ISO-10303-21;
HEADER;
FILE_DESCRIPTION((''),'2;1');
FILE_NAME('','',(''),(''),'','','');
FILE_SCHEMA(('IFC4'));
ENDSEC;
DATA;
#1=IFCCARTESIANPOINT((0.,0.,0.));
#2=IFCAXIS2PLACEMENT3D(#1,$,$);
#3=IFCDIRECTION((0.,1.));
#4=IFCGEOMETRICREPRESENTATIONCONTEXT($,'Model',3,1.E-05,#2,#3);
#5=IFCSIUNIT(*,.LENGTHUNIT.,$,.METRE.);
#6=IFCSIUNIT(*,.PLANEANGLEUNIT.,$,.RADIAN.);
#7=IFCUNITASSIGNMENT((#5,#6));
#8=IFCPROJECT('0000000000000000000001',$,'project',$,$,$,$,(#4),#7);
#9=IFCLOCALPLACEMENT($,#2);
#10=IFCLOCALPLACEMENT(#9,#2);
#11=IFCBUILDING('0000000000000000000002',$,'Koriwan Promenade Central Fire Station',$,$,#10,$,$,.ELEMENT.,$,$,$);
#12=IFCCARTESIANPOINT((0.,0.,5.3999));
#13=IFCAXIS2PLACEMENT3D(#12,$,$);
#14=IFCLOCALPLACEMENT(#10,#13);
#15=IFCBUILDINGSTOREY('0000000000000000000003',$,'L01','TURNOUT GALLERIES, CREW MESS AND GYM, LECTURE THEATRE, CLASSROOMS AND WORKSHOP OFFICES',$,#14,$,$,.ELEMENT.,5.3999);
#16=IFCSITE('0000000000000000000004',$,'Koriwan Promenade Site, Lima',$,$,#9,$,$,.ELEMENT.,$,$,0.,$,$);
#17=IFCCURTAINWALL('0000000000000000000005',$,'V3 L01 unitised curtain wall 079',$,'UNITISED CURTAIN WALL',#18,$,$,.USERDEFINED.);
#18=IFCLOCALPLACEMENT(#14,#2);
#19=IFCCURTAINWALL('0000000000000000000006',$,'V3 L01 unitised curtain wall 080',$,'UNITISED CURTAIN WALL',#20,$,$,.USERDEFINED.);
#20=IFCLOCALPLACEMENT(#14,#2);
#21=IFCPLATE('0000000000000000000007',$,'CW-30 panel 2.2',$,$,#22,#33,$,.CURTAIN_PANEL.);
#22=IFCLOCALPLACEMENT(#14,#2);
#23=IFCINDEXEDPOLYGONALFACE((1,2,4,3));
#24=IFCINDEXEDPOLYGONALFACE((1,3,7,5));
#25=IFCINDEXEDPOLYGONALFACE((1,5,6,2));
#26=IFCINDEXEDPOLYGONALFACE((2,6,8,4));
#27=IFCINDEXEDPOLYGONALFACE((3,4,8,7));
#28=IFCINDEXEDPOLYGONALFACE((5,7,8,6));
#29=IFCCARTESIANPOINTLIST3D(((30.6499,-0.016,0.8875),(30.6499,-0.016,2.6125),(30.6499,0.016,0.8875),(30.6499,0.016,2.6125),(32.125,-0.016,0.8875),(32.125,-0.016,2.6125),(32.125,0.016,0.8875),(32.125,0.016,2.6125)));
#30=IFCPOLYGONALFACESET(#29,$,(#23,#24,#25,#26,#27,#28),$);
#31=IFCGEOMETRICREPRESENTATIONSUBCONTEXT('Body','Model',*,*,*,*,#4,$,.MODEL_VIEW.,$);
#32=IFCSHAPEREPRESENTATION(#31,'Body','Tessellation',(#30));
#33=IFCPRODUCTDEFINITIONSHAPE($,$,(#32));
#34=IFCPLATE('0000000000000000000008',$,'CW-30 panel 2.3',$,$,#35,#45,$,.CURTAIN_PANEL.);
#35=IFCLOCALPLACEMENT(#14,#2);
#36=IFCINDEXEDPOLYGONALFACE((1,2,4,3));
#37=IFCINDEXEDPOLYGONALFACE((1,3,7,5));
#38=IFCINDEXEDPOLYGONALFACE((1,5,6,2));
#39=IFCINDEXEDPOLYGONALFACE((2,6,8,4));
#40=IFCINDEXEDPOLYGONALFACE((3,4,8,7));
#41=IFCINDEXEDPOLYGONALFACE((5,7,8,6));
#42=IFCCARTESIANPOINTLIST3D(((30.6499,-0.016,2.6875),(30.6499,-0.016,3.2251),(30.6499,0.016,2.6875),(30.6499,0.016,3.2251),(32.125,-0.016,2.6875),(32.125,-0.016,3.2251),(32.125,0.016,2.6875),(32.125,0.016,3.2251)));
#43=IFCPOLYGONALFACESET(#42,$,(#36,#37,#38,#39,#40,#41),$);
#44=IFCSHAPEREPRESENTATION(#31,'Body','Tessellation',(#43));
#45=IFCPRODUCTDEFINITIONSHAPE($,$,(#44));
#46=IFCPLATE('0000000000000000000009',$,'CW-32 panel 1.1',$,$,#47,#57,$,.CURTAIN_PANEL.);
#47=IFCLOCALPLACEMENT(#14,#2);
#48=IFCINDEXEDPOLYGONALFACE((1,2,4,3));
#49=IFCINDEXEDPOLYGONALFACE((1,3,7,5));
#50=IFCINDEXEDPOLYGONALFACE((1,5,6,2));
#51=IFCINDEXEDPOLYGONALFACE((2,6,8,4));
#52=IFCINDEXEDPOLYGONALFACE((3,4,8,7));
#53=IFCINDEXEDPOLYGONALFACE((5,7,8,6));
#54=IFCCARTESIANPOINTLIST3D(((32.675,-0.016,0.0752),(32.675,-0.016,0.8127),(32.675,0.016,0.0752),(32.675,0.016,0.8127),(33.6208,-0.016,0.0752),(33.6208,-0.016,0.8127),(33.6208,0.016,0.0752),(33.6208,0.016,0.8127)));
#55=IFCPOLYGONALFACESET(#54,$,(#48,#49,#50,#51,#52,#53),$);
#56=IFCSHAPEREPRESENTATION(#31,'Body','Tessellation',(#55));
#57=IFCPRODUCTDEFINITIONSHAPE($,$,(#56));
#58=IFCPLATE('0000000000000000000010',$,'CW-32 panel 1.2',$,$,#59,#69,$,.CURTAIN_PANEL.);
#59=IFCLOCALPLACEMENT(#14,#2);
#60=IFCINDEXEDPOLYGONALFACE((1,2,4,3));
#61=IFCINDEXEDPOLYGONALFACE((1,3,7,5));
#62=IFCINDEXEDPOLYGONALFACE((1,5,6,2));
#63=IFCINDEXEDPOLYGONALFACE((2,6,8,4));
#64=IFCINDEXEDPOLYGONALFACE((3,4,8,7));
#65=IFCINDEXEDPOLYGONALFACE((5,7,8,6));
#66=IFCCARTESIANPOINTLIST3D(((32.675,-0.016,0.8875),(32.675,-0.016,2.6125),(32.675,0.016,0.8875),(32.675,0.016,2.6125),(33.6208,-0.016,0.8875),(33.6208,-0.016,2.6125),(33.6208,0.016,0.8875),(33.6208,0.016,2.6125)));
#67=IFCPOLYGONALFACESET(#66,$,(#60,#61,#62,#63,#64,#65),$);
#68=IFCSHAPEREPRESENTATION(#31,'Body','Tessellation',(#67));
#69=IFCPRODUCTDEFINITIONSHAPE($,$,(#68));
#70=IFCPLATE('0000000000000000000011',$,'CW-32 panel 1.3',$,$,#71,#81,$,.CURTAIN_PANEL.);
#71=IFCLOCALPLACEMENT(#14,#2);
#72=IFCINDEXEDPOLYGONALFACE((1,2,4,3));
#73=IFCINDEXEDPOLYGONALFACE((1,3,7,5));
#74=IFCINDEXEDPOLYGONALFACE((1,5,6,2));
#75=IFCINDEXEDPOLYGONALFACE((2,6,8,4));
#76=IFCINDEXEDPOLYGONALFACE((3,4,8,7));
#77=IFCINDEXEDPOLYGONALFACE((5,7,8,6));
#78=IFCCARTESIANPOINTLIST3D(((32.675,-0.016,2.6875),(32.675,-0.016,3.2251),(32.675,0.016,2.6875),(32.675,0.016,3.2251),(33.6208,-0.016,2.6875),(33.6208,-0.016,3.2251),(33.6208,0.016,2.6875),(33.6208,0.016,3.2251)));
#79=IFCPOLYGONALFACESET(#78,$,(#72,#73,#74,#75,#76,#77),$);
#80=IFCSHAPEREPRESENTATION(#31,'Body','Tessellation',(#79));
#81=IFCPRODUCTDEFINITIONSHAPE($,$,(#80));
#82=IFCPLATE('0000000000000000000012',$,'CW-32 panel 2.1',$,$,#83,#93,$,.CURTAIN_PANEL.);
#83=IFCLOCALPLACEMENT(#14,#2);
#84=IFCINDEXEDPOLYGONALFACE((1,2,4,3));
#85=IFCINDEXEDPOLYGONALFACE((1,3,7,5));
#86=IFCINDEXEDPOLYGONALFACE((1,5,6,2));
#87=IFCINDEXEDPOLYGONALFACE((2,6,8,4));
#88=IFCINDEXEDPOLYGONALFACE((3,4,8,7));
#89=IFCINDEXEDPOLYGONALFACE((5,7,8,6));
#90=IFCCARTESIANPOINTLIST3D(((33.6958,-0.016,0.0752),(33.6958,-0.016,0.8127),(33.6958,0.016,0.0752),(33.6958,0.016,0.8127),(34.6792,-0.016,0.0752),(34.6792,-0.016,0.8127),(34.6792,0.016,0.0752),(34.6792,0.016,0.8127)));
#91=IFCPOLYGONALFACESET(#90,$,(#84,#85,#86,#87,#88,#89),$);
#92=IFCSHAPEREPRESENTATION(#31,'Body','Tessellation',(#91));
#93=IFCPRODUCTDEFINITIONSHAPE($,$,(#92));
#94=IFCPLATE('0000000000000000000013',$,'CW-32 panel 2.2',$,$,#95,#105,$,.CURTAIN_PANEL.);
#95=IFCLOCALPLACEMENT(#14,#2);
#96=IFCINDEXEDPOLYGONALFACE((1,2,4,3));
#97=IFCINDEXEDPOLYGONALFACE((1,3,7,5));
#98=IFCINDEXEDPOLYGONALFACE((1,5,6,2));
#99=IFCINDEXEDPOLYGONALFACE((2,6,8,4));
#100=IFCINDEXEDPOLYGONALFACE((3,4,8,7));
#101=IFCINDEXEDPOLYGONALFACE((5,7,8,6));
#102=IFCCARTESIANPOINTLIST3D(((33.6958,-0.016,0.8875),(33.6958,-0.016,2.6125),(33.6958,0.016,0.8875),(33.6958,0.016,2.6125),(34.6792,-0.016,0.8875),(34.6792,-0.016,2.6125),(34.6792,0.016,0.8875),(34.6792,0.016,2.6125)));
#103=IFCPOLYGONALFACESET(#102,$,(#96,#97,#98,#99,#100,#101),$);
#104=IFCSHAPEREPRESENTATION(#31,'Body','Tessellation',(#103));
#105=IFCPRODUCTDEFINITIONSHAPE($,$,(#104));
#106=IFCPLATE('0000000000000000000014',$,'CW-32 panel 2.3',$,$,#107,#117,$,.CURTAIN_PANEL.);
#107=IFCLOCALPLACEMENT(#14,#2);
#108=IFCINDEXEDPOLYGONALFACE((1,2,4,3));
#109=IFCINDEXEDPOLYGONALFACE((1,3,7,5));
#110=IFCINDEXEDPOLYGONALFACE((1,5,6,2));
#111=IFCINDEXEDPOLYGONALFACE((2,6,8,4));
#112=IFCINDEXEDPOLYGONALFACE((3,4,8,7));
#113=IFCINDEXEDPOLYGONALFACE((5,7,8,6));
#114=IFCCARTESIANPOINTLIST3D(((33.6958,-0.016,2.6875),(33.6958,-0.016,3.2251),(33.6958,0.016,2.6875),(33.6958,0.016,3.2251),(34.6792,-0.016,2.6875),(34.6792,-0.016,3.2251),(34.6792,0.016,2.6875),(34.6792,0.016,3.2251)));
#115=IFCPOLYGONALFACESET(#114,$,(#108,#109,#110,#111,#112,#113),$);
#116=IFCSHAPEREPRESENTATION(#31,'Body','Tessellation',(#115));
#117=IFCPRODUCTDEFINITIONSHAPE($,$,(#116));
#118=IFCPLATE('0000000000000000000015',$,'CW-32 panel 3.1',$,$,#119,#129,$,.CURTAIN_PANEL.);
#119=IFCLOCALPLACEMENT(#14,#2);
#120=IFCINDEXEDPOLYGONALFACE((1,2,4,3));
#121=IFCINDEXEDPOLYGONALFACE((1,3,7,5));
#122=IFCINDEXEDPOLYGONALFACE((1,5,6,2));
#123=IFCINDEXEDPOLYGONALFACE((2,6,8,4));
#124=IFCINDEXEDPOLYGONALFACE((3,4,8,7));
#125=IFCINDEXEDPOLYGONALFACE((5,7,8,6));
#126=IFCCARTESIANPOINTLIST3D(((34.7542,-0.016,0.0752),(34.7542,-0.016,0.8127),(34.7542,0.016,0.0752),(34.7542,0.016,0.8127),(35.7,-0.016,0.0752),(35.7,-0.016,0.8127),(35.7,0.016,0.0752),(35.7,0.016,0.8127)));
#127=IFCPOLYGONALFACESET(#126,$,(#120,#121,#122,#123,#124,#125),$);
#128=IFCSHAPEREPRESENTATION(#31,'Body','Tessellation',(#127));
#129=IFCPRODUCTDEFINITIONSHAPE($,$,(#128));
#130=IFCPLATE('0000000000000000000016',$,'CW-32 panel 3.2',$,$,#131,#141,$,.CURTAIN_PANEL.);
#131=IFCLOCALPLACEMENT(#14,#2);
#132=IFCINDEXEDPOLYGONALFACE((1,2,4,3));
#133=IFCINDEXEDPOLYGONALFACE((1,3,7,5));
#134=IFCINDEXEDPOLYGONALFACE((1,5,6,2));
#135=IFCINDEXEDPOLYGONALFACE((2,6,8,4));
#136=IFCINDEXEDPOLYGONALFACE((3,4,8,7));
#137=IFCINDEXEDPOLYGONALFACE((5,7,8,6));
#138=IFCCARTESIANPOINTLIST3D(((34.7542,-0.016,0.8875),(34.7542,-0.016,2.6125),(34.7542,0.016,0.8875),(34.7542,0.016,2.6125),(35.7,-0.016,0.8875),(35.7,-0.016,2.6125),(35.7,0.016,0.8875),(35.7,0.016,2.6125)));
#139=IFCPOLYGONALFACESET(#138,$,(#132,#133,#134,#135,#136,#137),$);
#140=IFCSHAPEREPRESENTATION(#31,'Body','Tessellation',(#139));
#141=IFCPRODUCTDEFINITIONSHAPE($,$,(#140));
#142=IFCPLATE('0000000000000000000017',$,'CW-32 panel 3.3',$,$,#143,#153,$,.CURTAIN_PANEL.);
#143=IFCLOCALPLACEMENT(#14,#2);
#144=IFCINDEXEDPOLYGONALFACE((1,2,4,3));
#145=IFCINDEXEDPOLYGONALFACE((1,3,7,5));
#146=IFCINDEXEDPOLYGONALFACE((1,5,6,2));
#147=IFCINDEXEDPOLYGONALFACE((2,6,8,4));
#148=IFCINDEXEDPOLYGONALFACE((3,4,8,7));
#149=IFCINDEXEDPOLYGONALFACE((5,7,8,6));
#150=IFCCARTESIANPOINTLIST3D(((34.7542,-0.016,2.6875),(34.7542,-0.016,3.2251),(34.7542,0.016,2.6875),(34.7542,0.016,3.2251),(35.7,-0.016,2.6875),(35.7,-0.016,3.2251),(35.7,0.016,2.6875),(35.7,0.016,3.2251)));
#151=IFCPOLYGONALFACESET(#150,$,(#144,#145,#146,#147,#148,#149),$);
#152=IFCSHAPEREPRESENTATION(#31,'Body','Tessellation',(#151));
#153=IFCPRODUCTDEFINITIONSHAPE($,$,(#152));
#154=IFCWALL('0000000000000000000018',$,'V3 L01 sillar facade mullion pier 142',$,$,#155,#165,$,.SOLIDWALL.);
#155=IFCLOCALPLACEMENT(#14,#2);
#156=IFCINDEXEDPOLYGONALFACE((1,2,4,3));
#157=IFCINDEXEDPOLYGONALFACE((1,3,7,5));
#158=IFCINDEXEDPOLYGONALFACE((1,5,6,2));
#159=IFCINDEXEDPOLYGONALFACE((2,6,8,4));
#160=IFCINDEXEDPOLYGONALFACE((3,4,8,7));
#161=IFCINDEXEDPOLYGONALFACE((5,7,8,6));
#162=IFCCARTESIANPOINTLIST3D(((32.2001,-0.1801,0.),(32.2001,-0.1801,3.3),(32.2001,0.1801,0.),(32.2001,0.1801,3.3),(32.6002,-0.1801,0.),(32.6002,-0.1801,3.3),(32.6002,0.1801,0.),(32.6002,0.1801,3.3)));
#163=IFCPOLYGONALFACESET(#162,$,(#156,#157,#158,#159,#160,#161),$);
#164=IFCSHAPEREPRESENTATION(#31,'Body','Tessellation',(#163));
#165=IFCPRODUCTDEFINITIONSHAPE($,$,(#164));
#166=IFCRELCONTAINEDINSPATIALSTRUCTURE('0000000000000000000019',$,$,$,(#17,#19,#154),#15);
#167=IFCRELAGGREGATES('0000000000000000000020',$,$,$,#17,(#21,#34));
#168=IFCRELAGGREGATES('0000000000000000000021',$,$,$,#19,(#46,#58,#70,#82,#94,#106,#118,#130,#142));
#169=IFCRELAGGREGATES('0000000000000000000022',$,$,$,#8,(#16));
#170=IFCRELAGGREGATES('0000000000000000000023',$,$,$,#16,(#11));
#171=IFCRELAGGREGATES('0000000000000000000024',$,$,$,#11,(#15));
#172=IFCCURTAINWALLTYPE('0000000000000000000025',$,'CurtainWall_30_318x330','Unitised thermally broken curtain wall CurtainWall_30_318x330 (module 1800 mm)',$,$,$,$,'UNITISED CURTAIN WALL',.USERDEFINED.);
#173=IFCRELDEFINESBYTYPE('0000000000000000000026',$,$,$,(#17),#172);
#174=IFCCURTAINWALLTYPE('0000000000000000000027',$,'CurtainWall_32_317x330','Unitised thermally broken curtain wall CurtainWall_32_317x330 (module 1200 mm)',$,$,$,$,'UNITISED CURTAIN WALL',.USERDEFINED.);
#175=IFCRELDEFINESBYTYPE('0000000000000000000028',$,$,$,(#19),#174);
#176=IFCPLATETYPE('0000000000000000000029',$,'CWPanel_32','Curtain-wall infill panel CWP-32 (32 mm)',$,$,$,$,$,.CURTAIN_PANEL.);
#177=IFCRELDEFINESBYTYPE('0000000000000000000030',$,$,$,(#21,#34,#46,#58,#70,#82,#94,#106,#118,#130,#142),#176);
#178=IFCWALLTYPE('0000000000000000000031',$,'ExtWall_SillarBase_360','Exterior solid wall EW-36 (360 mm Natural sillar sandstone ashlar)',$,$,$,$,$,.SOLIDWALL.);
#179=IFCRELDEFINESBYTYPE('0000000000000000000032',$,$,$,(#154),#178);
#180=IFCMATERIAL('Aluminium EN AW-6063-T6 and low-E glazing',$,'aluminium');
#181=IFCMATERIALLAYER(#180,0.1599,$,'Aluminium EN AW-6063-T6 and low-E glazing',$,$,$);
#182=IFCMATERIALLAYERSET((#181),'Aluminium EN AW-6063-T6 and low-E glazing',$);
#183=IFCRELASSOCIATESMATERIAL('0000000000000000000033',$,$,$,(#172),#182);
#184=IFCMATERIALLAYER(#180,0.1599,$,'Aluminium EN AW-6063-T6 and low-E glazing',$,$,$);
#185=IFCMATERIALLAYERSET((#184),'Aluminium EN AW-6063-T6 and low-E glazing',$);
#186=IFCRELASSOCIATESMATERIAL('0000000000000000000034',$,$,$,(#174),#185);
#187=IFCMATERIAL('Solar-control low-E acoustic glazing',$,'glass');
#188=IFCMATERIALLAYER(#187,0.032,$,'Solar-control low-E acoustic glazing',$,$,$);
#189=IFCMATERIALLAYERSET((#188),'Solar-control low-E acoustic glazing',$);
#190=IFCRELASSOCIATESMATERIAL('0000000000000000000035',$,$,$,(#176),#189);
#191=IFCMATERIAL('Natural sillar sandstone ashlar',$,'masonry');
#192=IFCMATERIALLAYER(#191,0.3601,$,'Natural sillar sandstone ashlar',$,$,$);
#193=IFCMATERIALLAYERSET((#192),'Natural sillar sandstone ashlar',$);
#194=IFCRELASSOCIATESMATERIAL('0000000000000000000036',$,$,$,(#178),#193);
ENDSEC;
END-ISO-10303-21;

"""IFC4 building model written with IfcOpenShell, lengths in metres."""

from ifc_helpers import new_model, si_unit, direction, frame, frame_2d, origin, origin_2d, place, context, subcontext, project, spatial, rectangle, extrude, material, layer, layer_set, type_object, element, aggregate, save


model = new_model("IFC4")

# Units and contexts
model_context = context("Model", 3, precision=1e-05, world=origin(), true_north=direction((0.0, 1.0)))
body_context = subcontext(model_context, "Body", "Model", "MODEL_VIEW")
ifc_project = project(units=[si_unit("LENGTHUNIT", "METRE"), si_unit("PLANEANGLEUNIT", "RADIAN")], contexts=[model_context])

# Site, building, storey
site_placement = place(None, origin())
site = spatial("IfcSite", under=ifc_project, at=site_placement, Name="Koriwan Promenade Site, Lima", CompositionType="ELEMENT", RefElevation=0.0)
building_placement = place(site_placement, origin())
building = spatial("IfcBuilding", under=site, at=building_placement, Name="Koriwan Promenade Central Fire Station", CompositionType="ELEMENT")
storey_placement = place(building_placement, frame((0.0, 0.0, 5.3999)))
storey = spatial("IfcBuildingStorey", under=building, at=storey_placement, Name="L01", Description="TURNOUT GALLERIES, CREW MESS AND GYM, LECTURE THEATRE, CLASSROOMS AND WORKSHOP OFFICES", CompositionType="ELEMENT", Elevation=5.3999)

# Curtain wall
ifc_material_1 = material(Name="Aluminium EN AW-6063-T6 and low-E glazing", Category="aluminium")
ifc_layer_1 = layer(ifc_material_1, 0.1599, Name="Aluminium EN AW-6063-T6 and low-E glazing")
ifc_layer_set_1 = layer_set([ifc_layer_1], Name="Aluminium EN AW-6063-T6 and low-E glazing")
curtain_wall_type_1 = type_object("IfcCurtainWallType", Name="CurtainWall_30_318x330", Description="Unitised thermally broken curtain wall CurtainWall_30_318x330 (module 1800 mm)", ElementType="UNITISED CURTAIN WALL", PredefinedType="USERDEFINED", material=ifc_layer_set_1)
curtain_wall_1_placement = place(storey_placement, origin())
curtain_wall_1 = element("IfcCurtainWall", 1, at=curtain_wall_1_placement, inside=storey, type_object=curtain_wall_type_1, Name="V3 L01 unitised curtain wall 079", ObjectType="UNITISED CURTAIN WALL", PredefinedType="USERDEFINED")

# Curtain wall
ifc_layer_2 = layer(ifc_material_1, 0.1599, Name="Aluminium EN AW-6063-T6 and low-E glazing")
ifc_layer_set_2 = layer_set([ifc_layer_2], Name="Aluminium EN AW-6063-T6 and low-E glazing")
curtain_wall_type_2 = type_object("IfcCurtainWallType", Name="CurtainWall_32_317x330", Description="Unitised thermally broken curtain wall CurtainWall_32_317x330 (module 1200 mm)", ElementType="UNITISED CURTAIN WALL", PredefinedType="USERDEFINED", material=ifc_layer_set_2)
curtain_wall_2_placement = place(storey_placement, origin())
curtain_wall_2 = element("IfcCurtainWall", 2, at=curtain_wall_2_placement, inside=storey, type_object=curtain_wall_type_2, Name="V3 L01 unitised curtain wall 080", ObjectType="UNITISED CURTAIN WALL", PredefinedType="USERDEFINED")

# Plates
ifc_material_2 = material(Name="Solar-control low-E acoustic glazing", Category="glass")
ifc_layer_3 = layer(ifc_material_2, 0.032, Name="Solar-control low-E acoustic glazing")
ifc_layer_set_3 = layer_set([ifc_layer_3], Name="Solar-control low-E acoustic glazing")
plate_type = type_object("IfcPlateType", Name="CWPanel_32", Description="Curtain-wall infill panel CWP-32 (32 mm)", PredefinedType="CURTAIN_PANEL", material=ifc_layer_set_3)
plate_1_placement = place(storey_placement, frame((31.3875, 0.0, 0.8875), z_axis=(0.0, 0.0, 1.0), x_axis=(1.0, 0.0, 0.0)))
plate_1 = element("IfcPlate", 3, at=plate_1_placement, type_object=plate_type, Name="CW-30 panel 2.2", PredefinedType="CURTAIN_PANEL", context=body_context, shape_type="SweptSolid", body=[
    extrude(rectangle(XDim=1.4751, YDim=0.032, at=origin_2d()), origin(), (0.0, 0.0, 1.0), 1.7251),
])
plate_2_placement = place(storey_placement, frame((31.3875, 0.0, 2.6875), z_axis=(0.0, 0.0, 1.0), x_axis=(1.0, 0.0, 0.0)))
plate_2 = element("IfcPlate", 4, at=plate_2_placement, type_object=plate_type, Name="CW-30 panel 2.3", PredefinedType="CURTAIN_PANEL", context=body_context, shape_type="SweptSolid", body=[
    extrude(rectangle(XDim=1.4751, YDim=0.032, at=origin_2d()), origin(), (0.0, 0.0, 1.0), 0.5376),
])
aggregate(curtain_wall_1, [plate_1, plate_2])
plate_3_placement = place(storey_placement, frame((33.1479, 0.0, 0.0752), z_axis=(0.0, 0.0, 1.0), x_axis=(1.0, 0.0, 0.0)))
plate_3 = element("IfcPlate", 5, at=plate_3_placement, type_object=plate_type, Name="CW-32 panel 1.1", PredefinedType="CURTAIN_PANEL", context=body_context, shape_type="SweptSolid", body=[
    extrude(rectangle(XDim=0.9458, YDim=0.032, at=origin_2d()), origin(), (0.0, 0.0, 1.0), 0.7375),
])
plate_4_placement = place(storey_placement, frame((33.1479, 0.0, 0.8875), z_axis=(0.0, 0.0, 1.0), x_axis=(1.0, 0.0, 0.0)))
plate_4 = element("IfcPlate", 6, at=plate_4_placement, type_object=plate_type, Name="CW-32 panel 1.2", PredefinedType="CURTAIN_PANEL", context=body_context, shape_type="SweptSolid", body=[
    extrude(rectangle(XDim=0.9458, YDim=0.032, at=origin_2d()), origin(), (0.0, 0.0, 1.0), 1.7251),
])
plate_5_placement = place(storey_placement, frame((33.1479, 0.0, 2.6875), z_axis=(0.0, 0.0, 1.0), x_axis=(1.0, 0.0, 0.0)))
plate_5 = element("IfcPlate", 7, at=plate_5_placement, type_object=plate_type, Name="CW-32 panel 1.3", PredefinedType="CURTAIN_PANEL", context=body_context, shape_type="SweptSolid", body=[
    extrude(rectangle(XDim=0.9458, YDim=0.032, at=origin_2d()), origin(), (0.0, 0.0, 1.0), 0.5376),
])
plate_6_placement = place(storey_placement, frame((34.1875, 0.0, 0.0752), z_axis=(0.0, 0.0, 1.0), x_axis=(1.0, 0.0, 0.0)))
plate_6 = element("IfcPlate", 8, at=plate_6_placement, type_object=plate_type, Name="CW-32 panel 2.1", PredefinedType="CURTAIN_PANEL", context=body_context, shape_type="SweptSolid", body=[
    extrude(rectangle(XDim=0.9834, YDim=0.032, at=origin_2d()), origin(), (0.0, 0.0, 1.0), 0.7375),
])
plate_7_placement = place(storey_placement, frame((34.1875, 0.0, 0.8875), z_axis=(0.0, 0.0, 1.0), x_axis=(1.0, 0.0, 0.0)))
plate_7 = element("IfcPlate", 9, at=plate_7_placement, type_object=plate_type, Name="CW-32 panel 2.2", PredefinedType="CURTAIN_PANEL", context=body_context, shape_type="SweptSolid", body=[
    extrude(rectangle(XDim=0.9834, YDim=0.032, at=origin_2d()), origin(), (0.0, 0.0, 1.0), 1.7251),
])
plate_8_placement = place(storey_placement, frame((34.1875, 0.0, 2.6875), z_axis=(0.0, 0.0, 1.0), x_axis=(1.0, 0.0, 0.0)))
plate_8 = element("IfcPlate", 10, at=plate_8_placement, type_object=plate_type, Name="CW-32 panel 2.3", PredefinedType="CURTAIN_PANEL", context=body_context, shape_type="SweptSolid", body=[
    extrude(rectangle(XDim=0.9834, YDim=0.032, at=origin_2d()), origin(), (0.0, 0.0, 1.0), 0.5376),
])
plate_9_placement = place(storey_placement, frame((35.2271, 0.0, 0.0752), z_axis=(0.0, 0.0, 1.0), x_axis=(1.0, 0.0, 0.0)))
plate_9 = element("IfcPlate", 11, at=plate_9_placement, type_object=plate_type, Name="CW-32 panel 3.1", PredefinedType="CURTAIN_PANEL", context=body_context, shape_type="SweptSolid", body=[
    extrude(rectangle(XDim=0.9458, YDim=0.032, at=origin_2d()), origin(), (0.0, 0.0, 1.0), 0.7375),
])
plate_10_placement = place(storey_placement, frame((35.2271, 0.0, 0.8875), z_axis=(0.0, 0.0, 1.0), x_axis=(1.0, 0.0, 0.0)))
plate_10 = element("IfcPlate", 12, at=plate_10_placement, type_object=plate_type, Name="CW-32 panel 3.2", PredefinedType="CURTAIN_PANEL", context=body_context, shape_type="SweptSolid", body=[
    extrude(rectangle(XDim=0.9458, YDim=0.032, at=origin_2d()), origin(), (0.0, 0.0, 1.0), 1.7251),
])
plate_11_placement = place(storey_placement, frame((35.2271, 0.0, 2.6875), z_axis=(0.0, 0.0, 1.0), x_axis=(1.0, 0.0, 0.0)))
plate_11 = element("IfcPlate", 13, at=plate_11_placement, type_object=plate_type, Name="CW-32 panel 3.3", PredefinedType="CURTAIN_PANEL", context=body_context, shape_type="SweptSolid", body=[
    extrude(rectangle(XDim=0.9458, YDim=0.032, at=origin_2d()), origin(), (0.0, 0.0, 1.0), 0.5376),
])
aggregate(curtain_wall_2, [plate_3, plate_4, plate_5, plate_6, plate_7, plate_8, plate_9, plate_10, plate_11])

# Wall
ifc_material_3 = material(Name="Natural sillar sandstone ashlar", Category="masonry")
ifc_layer_4 = layer(ifc_material_3, 0.3601, Name="Natural sillar sandstone ashlar")
ifc_layer_set_4 = layer_set([ifc_layer_4], Name="Natural sillar sandstone ashlar")
wall_type = type_object("IfcWallType", Name="ExtWall_SillarBase_360", Description="Exterior solid wall EW-36 (360 mm Natural sillar sandstone ashlar)", PredefinedType="SOLIDWALL", material=ifc_layer_set_4)
wall_placement = place(storey_placement, frame((32.2, 0.0, 0.0), z_axis=(0.0, 0.0, 1.0), x_axis=(1.0, 0.0, 0.0)))
element("IfcWall", 14, at=wall_placement, inside=storey, type_object=wall_type, Name="V3 L01 sillar facade mullion pier 142", PredefinedType="SOLIDWALL", context=body_context, shape_type="SweptSolid", body=[
    extrude(rectangle(XDim=0.4001, YDim=0.3601, at=frame_2d((0.2002, 0.0))), origin(), (0.0, 0.0, 1.0), 3.3),
])

save(model, "model.ifc")
